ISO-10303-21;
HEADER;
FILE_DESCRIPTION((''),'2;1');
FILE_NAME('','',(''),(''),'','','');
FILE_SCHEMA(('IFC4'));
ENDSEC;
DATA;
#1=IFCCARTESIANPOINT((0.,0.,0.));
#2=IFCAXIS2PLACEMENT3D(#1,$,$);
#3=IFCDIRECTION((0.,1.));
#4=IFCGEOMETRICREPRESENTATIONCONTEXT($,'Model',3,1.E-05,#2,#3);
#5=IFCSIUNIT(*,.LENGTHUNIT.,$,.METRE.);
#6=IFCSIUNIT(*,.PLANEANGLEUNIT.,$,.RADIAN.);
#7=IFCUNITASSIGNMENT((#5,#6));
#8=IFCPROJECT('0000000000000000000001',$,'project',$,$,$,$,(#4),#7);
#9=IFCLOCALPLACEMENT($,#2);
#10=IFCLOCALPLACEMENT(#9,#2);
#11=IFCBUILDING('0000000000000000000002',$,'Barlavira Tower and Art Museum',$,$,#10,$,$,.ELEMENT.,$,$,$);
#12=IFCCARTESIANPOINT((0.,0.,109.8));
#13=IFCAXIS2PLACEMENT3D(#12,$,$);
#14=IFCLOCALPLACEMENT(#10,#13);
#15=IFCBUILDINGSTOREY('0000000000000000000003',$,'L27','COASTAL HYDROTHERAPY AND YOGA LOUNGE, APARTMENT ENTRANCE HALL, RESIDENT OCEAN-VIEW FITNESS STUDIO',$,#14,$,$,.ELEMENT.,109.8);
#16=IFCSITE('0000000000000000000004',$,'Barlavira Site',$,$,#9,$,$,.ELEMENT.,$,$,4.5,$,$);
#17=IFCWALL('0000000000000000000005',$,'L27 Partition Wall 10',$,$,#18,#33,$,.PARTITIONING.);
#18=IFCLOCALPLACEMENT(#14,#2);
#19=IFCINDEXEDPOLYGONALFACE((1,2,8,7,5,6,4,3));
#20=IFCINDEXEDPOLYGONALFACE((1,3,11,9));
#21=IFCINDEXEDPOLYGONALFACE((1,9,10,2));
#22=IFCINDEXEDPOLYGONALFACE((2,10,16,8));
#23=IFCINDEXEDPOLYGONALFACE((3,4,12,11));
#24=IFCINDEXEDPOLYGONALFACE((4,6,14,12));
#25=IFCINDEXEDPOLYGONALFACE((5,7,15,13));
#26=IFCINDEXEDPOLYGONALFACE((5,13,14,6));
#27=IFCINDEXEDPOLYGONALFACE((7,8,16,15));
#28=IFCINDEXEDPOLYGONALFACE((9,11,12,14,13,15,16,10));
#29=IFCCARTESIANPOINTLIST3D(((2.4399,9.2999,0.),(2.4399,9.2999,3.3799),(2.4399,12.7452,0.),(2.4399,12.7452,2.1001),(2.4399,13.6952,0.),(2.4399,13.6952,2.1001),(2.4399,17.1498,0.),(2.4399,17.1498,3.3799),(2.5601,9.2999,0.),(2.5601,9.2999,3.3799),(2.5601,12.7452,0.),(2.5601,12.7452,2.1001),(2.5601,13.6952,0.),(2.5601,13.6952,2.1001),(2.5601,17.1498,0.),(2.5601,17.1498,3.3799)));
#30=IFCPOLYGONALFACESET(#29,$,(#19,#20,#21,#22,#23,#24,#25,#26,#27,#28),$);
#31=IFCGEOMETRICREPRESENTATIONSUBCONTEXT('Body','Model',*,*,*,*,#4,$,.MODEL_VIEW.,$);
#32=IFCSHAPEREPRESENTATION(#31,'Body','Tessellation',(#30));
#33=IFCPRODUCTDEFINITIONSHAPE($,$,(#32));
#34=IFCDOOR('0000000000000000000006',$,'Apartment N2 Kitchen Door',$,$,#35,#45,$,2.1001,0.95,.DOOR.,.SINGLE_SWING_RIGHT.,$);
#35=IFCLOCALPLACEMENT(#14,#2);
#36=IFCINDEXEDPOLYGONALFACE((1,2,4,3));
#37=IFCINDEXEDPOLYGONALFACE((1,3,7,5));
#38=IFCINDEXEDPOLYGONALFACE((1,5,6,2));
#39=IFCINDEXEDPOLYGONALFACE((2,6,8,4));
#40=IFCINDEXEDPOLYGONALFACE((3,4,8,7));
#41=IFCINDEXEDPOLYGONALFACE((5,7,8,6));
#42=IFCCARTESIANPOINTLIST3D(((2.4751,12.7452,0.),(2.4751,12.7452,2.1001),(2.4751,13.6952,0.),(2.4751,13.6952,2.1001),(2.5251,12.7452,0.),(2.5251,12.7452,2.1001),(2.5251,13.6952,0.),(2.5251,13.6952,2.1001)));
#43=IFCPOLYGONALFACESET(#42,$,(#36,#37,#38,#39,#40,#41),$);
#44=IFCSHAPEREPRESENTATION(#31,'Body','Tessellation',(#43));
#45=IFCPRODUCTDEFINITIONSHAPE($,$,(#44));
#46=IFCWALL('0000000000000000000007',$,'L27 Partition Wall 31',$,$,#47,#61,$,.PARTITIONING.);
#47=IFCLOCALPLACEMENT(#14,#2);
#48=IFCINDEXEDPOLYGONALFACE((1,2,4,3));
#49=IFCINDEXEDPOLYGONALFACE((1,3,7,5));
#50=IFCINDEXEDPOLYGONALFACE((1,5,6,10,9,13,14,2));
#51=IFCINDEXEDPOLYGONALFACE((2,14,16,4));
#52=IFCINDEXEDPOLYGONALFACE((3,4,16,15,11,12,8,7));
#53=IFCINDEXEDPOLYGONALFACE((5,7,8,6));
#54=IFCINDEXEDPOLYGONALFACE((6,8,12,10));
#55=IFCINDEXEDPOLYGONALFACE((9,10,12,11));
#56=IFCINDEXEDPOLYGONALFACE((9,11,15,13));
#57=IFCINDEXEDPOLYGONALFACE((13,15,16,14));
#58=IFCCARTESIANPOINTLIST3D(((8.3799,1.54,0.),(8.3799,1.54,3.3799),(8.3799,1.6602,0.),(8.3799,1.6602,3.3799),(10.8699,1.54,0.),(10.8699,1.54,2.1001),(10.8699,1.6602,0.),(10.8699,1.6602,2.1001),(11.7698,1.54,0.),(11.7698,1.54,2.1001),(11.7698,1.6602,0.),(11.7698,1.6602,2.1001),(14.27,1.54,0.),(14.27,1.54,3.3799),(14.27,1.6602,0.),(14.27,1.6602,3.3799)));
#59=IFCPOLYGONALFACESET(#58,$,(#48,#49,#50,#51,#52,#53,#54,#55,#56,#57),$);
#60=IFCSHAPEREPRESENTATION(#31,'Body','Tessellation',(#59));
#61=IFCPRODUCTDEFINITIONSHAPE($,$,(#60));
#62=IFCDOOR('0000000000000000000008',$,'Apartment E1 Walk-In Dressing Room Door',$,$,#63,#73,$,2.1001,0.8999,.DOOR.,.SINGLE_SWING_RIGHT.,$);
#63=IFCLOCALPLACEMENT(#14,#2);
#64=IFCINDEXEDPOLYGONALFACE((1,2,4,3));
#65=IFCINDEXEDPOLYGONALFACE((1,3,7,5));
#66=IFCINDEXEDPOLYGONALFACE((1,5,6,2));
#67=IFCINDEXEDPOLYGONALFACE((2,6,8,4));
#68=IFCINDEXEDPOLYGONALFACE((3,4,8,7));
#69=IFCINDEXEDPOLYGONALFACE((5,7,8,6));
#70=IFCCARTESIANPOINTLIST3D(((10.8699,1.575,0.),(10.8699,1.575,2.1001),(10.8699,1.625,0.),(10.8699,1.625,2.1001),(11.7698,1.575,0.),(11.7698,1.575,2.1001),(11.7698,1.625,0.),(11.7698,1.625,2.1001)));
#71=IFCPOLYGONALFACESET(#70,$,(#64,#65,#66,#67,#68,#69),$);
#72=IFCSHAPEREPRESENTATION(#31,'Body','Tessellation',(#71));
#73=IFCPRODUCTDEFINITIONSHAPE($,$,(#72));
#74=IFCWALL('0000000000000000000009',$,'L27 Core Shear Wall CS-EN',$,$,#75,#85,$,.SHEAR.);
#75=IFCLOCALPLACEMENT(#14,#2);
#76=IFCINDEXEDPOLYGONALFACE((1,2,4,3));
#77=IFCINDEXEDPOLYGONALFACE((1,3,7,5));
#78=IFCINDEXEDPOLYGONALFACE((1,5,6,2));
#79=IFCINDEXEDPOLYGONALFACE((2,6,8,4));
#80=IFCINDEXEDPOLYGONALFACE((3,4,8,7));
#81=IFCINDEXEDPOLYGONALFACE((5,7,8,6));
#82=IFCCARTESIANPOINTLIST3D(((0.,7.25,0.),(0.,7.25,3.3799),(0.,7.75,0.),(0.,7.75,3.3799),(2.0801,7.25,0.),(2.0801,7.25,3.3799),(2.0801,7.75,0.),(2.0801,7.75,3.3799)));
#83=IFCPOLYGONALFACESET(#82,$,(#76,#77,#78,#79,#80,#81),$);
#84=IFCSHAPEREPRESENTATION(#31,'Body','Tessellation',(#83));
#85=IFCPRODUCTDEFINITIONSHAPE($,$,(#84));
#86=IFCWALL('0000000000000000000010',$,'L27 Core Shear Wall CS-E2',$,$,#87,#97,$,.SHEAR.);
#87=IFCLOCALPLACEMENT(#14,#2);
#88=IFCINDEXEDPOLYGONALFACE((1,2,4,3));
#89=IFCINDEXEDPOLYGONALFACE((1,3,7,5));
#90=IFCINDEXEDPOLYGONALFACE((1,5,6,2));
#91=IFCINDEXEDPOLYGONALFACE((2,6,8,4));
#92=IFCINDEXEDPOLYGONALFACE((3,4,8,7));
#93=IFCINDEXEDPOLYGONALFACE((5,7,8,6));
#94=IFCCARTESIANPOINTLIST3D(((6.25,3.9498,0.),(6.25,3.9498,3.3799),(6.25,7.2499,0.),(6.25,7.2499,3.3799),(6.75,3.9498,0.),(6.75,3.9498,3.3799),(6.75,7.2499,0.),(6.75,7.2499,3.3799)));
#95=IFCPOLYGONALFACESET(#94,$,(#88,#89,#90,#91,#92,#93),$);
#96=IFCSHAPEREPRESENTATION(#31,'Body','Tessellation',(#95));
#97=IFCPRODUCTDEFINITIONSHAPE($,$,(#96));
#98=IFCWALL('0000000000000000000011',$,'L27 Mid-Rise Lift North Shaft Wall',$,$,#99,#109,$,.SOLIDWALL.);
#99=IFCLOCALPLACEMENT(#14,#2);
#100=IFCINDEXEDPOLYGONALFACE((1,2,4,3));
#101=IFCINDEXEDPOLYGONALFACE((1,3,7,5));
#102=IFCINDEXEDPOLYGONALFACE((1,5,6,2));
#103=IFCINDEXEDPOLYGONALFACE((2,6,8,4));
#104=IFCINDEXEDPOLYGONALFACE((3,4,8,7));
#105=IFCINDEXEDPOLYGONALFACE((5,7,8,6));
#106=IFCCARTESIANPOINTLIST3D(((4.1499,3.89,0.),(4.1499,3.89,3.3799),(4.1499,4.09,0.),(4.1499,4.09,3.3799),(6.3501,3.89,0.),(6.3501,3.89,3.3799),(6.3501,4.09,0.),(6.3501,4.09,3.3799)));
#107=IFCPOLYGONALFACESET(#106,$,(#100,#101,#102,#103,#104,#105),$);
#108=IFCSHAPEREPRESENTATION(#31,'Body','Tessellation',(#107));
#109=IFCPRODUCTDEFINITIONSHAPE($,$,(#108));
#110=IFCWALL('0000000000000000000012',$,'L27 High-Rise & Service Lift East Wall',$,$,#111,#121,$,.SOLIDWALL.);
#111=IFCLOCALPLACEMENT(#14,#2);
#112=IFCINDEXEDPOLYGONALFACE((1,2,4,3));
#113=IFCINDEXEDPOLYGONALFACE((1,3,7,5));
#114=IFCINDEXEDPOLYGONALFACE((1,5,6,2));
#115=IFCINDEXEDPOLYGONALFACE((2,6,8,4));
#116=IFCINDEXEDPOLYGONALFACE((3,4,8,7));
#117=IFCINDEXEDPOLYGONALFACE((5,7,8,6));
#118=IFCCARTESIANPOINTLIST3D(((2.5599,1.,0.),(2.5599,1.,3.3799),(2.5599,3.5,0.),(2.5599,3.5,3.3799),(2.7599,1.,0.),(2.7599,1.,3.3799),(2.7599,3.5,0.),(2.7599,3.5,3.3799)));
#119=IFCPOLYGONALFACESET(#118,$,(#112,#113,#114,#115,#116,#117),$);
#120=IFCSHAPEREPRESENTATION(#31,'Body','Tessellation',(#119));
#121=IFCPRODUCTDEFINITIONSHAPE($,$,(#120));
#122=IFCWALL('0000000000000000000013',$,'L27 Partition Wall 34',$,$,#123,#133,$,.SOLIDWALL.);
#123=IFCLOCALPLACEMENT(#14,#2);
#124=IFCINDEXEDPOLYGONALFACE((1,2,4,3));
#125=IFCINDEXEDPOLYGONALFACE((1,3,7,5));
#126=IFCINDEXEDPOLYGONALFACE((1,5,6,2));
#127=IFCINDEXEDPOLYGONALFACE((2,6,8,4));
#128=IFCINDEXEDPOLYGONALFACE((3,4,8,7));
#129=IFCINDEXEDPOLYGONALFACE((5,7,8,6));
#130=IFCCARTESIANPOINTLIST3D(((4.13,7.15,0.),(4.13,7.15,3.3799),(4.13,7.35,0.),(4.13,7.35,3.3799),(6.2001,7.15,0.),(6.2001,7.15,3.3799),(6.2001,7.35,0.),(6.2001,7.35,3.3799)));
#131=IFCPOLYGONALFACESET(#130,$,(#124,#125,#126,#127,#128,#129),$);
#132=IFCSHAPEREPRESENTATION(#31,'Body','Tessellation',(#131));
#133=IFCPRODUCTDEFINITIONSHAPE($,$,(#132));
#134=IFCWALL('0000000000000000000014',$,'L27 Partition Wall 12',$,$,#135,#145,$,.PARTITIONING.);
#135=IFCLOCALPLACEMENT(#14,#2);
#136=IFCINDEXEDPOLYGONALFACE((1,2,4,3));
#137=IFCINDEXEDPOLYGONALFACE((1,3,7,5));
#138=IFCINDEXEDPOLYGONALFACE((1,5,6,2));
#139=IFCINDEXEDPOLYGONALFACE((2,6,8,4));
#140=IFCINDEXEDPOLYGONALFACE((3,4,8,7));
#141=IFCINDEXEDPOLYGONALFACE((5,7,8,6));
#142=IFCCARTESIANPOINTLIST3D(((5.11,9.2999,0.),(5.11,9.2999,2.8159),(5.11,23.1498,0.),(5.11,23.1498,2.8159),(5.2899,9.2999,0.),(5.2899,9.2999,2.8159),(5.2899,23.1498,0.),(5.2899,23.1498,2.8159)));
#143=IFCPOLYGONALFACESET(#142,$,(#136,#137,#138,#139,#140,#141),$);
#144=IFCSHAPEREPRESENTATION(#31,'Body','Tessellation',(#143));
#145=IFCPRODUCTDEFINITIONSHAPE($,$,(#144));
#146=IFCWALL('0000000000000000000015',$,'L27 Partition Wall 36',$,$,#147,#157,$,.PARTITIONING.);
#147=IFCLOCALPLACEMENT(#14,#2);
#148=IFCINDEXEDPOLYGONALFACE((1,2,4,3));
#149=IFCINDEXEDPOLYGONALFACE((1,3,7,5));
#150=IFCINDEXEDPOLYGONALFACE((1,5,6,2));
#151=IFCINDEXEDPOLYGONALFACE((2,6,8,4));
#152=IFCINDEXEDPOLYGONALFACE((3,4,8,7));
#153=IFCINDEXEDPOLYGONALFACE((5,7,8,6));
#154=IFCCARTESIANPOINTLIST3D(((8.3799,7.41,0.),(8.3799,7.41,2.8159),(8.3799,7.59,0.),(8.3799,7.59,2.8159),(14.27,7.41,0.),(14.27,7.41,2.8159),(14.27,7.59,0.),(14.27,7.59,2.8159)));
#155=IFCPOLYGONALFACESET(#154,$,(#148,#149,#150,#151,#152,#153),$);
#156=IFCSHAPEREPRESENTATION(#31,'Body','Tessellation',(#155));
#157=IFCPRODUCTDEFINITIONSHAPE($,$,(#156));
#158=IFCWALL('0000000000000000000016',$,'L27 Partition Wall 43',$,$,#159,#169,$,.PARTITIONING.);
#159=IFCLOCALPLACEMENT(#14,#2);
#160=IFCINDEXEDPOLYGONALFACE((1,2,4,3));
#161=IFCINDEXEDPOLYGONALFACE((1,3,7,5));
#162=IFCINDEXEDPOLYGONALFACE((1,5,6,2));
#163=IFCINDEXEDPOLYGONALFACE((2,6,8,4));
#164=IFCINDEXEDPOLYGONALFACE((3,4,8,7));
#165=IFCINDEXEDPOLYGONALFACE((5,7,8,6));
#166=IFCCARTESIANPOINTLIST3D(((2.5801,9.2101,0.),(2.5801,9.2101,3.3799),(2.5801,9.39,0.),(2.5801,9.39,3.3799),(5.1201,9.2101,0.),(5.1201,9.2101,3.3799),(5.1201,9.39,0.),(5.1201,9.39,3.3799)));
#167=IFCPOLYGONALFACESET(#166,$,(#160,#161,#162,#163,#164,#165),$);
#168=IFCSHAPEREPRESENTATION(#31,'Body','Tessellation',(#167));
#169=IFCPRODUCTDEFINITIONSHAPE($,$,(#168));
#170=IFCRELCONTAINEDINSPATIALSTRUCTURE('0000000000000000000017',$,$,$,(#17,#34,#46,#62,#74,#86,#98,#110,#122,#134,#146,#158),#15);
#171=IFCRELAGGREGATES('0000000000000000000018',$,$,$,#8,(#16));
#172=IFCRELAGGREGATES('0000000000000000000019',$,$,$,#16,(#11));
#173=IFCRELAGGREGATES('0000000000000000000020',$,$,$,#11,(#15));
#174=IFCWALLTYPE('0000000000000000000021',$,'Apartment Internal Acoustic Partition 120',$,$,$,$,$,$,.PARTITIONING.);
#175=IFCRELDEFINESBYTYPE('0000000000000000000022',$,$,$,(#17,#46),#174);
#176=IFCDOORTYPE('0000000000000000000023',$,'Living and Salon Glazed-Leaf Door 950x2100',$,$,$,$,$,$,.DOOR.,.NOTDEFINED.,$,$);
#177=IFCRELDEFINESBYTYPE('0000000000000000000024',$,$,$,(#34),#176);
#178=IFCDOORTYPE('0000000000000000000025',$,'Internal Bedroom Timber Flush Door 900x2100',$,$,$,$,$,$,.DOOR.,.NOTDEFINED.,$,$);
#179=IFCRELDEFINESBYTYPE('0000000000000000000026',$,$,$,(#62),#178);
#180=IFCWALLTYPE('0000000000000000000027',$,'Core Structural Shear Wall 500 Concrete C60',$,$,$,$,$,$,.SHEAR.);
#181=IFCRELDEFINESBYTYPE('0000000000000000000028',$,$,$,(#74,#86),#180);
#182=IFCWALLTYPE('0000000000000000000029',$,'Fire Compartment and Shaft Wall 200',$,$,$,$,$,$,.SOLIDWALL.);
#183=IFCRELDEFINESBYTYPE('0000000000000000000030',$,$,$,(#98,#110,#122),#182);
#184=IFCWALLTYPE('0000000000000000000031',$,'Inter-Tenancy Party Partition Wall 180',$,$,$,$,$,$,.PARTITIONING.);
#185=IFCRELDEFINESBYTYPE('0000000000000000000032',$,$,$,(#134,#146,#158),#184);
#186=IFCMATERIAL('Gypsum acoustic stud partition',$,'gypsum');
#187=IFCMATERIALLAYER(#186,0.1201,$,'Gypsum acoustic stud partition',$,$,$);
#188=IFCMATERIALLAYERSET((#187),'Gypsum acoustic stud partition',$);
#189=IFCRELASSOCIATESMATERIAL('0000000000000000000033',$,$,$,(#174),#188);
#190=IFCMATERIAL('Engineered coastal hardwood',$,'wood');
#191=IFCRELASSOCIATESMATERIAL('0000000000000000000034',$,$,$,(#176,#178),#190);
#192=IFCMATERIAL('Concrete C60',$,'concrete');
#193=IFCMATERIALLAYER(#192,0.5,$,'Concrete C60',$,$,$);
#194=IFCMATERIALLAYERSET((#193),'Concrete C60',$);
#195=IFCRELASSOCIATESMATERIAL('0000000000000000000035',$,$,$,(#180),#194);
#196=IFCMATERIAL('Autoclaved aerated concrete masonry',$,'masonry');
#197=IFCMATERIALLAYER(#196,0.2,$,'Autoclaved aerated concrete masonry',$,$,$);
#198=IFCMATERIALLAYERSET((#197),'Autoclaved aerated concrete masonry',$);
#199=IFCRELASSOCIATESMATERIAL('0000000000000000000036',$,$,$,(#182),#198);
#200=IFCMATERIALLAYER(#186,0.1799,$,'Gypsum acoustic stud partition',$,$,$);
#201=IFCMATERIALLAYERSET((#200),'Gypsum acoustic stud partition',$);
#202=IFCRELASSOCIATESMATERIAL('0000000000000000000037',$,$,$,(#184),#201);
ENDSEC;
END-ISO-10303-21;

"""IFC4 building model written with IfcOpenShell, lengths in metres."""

from ifc_helpers import new_model, si_unit, direction, frame, frame_2d, origin, place, context, subcontext, project, spatial, rectangle, extrude, material, layer, layer_set, type_object, element, fill, save


model = new_model("IFC4")

# Units and contexts
model_context = context("Model", 3, precision=1e-05, world=origin(), true_north=direction((0.0, 1.0)))
body_context = subcontext(model_context, "Body", "Model", "MODEL_VIEW")
ifc_project = project(units=[si_unit("LENGTHUNIT", "METRE"), si_unit("PLANEANGLEUNIT", "RADIAN")], contexts=[model_context])

# Site, building, storey
site_placement = place(None, origin())
site = spatial("IfcSite", under=ifc_project, at=site_placement, Name="Barlavira Site", CompositionType="ELEMENT", RefElevation=4.5)
building_placement = place(site_placement, origin())
building = spatial("IfcBuilding", under=site, at=building_placement, Name="Barlavira Tower and Art Museum", CompositionType="ELEMENT")
storey_placement = place(building_placement, frame((0.0, 0.0, 109.8)))
storey = spatial("IfcBuildingStorey", under=building, at=storey_placement, Name="L27", Description="COASTAL HYDROTHERAPY AND YOGA LOUNGE, APARTMENT ENTRANCE HALL, RESIDENT OCEAN-VIEW FITNESS STUDIO", CompositionType="ELEMENT", Elevation=109.8)

# Walls, openings, doors
ifc_material_1 = material(Name="Gypsum acoustic stud partition", Category="gypsum")
ifc_layer_1 = layer(ifc_material_1, 0.1201, Name="Gypsum acoustic stud partition")
ifc_layer_set_1 = layer_set([ifc_layer_1], Name="Gypsum acoustic stud partition")
wall_type_1 = type_object("IfcWallType", Name="Apartment Internal Acoustic Partition 120", PredefinedType="PARTITIONING", material=ifc_layer_set_1)
wall_1_placement = place(storey_placement, frame((2.5, 9.3, 0.0), z_axis=(0.0, 0.0, 1.0), x_axis=(0.0, 1.0, 0.0)))
wall_1 = element("IfcWall", 1, at=wall_1_placement, inside=storey, type_object=wall_type_1, Name="L27 Partition Wall 10", PredefinedType="PARTITIONING", context=body_context, shape_type="SweptSolid", body=[
    extrude(rectangle(XDim=7.8499, YDim=0.1201, at=frame_2d((3.9248, 0.0))), origin(), (0.0, 0.0, 1.0), 3.3799),
])
opening_1_placement = place(wall_1_placement, frame((3.4451, 0.0, 0.0)))
opening_1 = element("IfcOpeningElement", 2, at=opening_1_placement, cuts=wall_1, PredefinedType="OPENING", context=body_context, shape_type="SweptSolid", body=[
    extrude(rectangle(XDim=0.95, YDim=2.1001, at=frame_2d((0.4751, 1.05))), frame((0.0, 0.0701, 0.0), z_axis=(0.0, -1.0, 0.0), x_axis=(1.0, 0.0, 0.0)), (0.0, 0.0, 1.0), 0.1401),
])
ifc_material_2 = material(Name="Engineered coastal hardwood", Category="wood")
door_type_1 = type_object("IfcDoorType", Name="Living and Salon Glazed-Leaf Door 950x2100", OperationType="NOTDEFINED", PredefinedType="DOOR", material=ifc_material_2)
door_1_placement = place(opening_1_placement, origin())
door_1 = element("IfcDoor", 3, at=door_1_placement, inside=storey, type_object=door_type_1, Name="Apartment N2 Kitchen Door", OperationType="SINGLE_SWING_RIGHT", OverallHeight=2.1001, OverallWidth=0.95, PredefinedType="DOOR", context=body_context, shape_type="SweptSolid", body=[
    extrude(rectangle(XDim=0.95, YDim=2.1001, at=frame_2d((0.4751, 1.05))), frame((0.0, 0.0249, 0.0), z_axis=(0.0, -1.0, 0.0), x_axis=(1.0, 0.0, 0.0)), (0.0, 0.0, 1.0), 0.05),
])
fill(opening_1, door_1)
wall_2_placement = place(storey_placement, frame((8.3799, 1.6001, 0.0), z_axis=(0.0, 0.0, 1.0), x_axis=(1.0, 0.0, 0.0)))
wall_2 = element("IfcWall", 4, at=wall_2_placement, inside=storey, type_object=wall_type_1, Name="L27 Partition Wall 31", PredefinedType="PARTITIONING", context=body_context, shape_type="SweptSolid", body=[
    extrude(rectangle(XDim=5.8901, YDim=0.1201, at=frame_2d((2.9451, 0.0))), origin(), (0.0, 0.0, 1.0), 3.3799),
])
opening_2_placement = place(wall_2_placement, frame((2.49, 0.0, 0.0)))
opening_2 = element("IfcOpeningElement", 5, at=opening_2_placement, cuts=wall_2, PredefinedType="OPENING", context=body_context, shape_type="SweptSolid", body=[
    extrude(rectangle(XDim=0.8999, YDim=2.1001, at=frame_2d((0.45, 1.05))), frame((0.0, 0.0701, 0.0), z_axis=(0.0, -1.0, 0.0), x_axis=(1.0, 0.0, 0.0)), (0.0, 0.0, 1.0), 0.1401),
])
door_type_2 = type_object("IfcDoorType", Name="Internal Bedroom Timber Flush Door 900x2100", OperationType="NOTDEFINED", PredefinedType="DOOR", material=ifc_material_2)
door_2_placement = place(opening_2_placement, origin())
door_2 = element("IfcDoor", 6, at=door_2_placement, inside=storey, type_object=door_type_2, Name="Apartment E1 Walk-In Dressing Room Door", OperationType="SINGLE_SWING_RIGHT", OverallHeight=2.1001, OverallWidth=0.8999, PredefinedType="DOOR", context=body_context, shape_type="SweptSolid", body=[
    extrude(rectangle(XDim=0.8999, YDim=2.1001, at=frame_2d((0.45, 1.05))), frame((0.0, 0.0249, 0.0), z_axis=(0.0, -1.0, 0.0), x_axis=(1.0, 0.0, 0.0)), (0.0, 0.0, 1.0), 0.05),
])
fill(opening_2, door_2)

# Walls
ifc_material_3 = material(Name="Concrete C60", Category="concrete")
ifc_layer_2 = layer(ifc_material_3, 0.5, Name="Concrete C60")
ifc_layer_set_2 = layer_set([ifc_layer_2], Name="Concrete C60")
wall_type_2 = type_object("IfcWallType", Name="Core Structural Shear Wall 500 Concrete C60", PredefinedType="SHEAR", material=ifc_layer_set_2)
wall_3_placement = place(storey_placement, frame((0.0, 7.5, 0.0), z_axis=(0.0, 0.0, 1.0), x_axis=(1.0, 0.0, 0.0)))
element("IfcWall", 7, at=wall_3_placement, inside=storey, type_object=wall_type_2, Name="L27 Core Shear Wall CS-EN", PredefinedType="SHEAR", context=body_context, shape_type="SweptSolid", body=[
    extrude(rectangle(XDim=2.0801, YDim=0.5, at=frame_2d((1.04, 0.0))), origin(), (0.0, 0.0, 1.0), 3.3799),
])
wall_4_placement = place(storey_placement, frame((6.5, 3.95, 0.0), z_axis=(0.0, 0.0, 1.0), x_axis=(0.0, 1.0, 0.0)))
element("IfcWall", 8, at=wall_4_placement, inside=storey, type_object=wall_type_2, Name="L27 Core Shear Wall CS-E2", PredefinedType="SHEAR", context=body_context, shape_type="SweptSolid", body=[
    extrude(rectangle(XDim=3.3, YDim=0.5, at=frame_2d((1.6499, 0.0))), origin(), (0.0, 0.0, 1.0), 3.3799),
])
ifc_material_4 = material(Name="Autoclaved aerated concrete masonry", Category="masonry")
ifc_layer_3 = layer(ifc_material_4, 0.2, Name="Autoclaved aerated concrete masonry")
ifc_layer_set_3 = layer_set([ifc_layer_3], Name="Autoclaved aerated concrete masonry")
wall_type_3 = type_object("IfcWallType", Name="Fire Compartment and Shaft Wall 200", PredefinedType="SOLIDWALL", material=ifc_layer_set_3)
wall_5_placement = place(storey_placement, frame((4.1499, 3.99, 0.0), z_axis=(0.0, 0.0, 1.0), x_axis=(1.0, 0.0, 0.0)))
element("IfcWall", 9, at=wall_5_placement, inside=storey, type_object=wall_type_3, Name="L27 Mid-Rise Lift North Shaft Wall", PredefinedType="SOLIDWALL", context=body_context, shape_type="SweptSolid", body=[
    extrude(rectangle(XDim=2.2002, YDim=0.2, at=frame_2d((1.1001, 0.0))), origin(), (0.0, 0.0, 1.0), 3.3799),
])
wall_6_placement = place(storey_placement, frame((2.6599, 1.0, 0.0), z_axis=(0.0, 0.0, 1.0), x_axis=(0.0, 1.0, 0.0)))
element("IfcWall", 10, at=wall_6_placement, inside=storey, type_object=wall_type_3, Name="L27 High-Rise & Service Lift East Wall", PredefinedType="SOLIDWALL", context=body_context, shape_type="SweptSolid", body=[
    extrude(rectangle(XDim=2.5, YDim=0.2, at=frame_2d((1.25, 0.0))), origin(), (0.0, 0.0, 1.0), 3.3799),
])

# Walls
wall_7_placement = place(storey_placement, frame((4.1299, 7.25, 0.0), z_axis=(0.0, 0.0, 1.0), x_axis=(1.0, 0.0, 0.0)))
element("IfcWall", 11, at=wall_7_placement, inside=storey, type_object=wall_type_3, Name="L27 Partition Wall 34", PredefinedType="SOLIDWALL", context=body_context, shape_type="SweptSolid", body=[
    extrude(rectangle(XDim=2.0701, YDim=0.2, at=frame_2d((1.0352, 0.0))), origin(), (0.0, 0.0, 1.0), 3.3799),
])
ifc_layer_4 = layer(ifc_material_1, 0.1799, Name="Gypsum acoustic stud partition")
ifc_layer_set_4 = layer_set([ifc_layer_4], Name="Gypsum acoustic stud partition")
wall_type_4 = type_object("IfcWallType", Name="Inter-Tenancy Party Partition Wall 180", PredefinedType="PARTITIONING", material=ifc_layer_set_4)
wall_8_placement = place(storey_placement, frame((5.2, 9.3, 0.0), z_axis=(0.0, 0.0, 1.0), x_axis=(0.0, 1.0, 0.0)))
element("IfcWall", 12, at=wall_8_placement, inside=storey, type_object=wall_type_4, Name="L27 Partition Wall 12", PredefinedType="PARTITIONING", context=body_context, shape_type="SweptSolid", body=[
    extrude(rectangle(XDim=13.8499, YDim=0.1799, at=frame_2d((6.9248, 0.0))), origin(), (0.0, 0.0, 1.0), 2.8159),
])
wall_9_placement = place(storey_placement, frame((8.3799, 7.5, 0.0), z_axis=(0.0, 0.0, 1.0), x_axis=(1.0, 0.0, 0.0)))
element("IfcWall", 13, at=wall_9_placement, inside=storey, type_object=wall_type_4, Name="L27 Partition Wall 36", PredefinedType="PARTITIONING", context=body_context, shape_type="SweptSolid", body=[
    extrude(rectangle(XDim=5.8901, YDim=0.1799, at=frame_2d((2.9451, 0.0))), origin(), (0.0, 0.0, 1.0), 2.8159),
])
wall_10_placement = place(storey_placement, frame((2.5801, 9.3, 0.0), z_axis=(0.0, 0.0, 1.0), x_axis=(1.0, 0.0, 0.0)))
element("IfcWall", 14, at=wall_10_placement, inside=storey, type_object=wall_type_4, Name="L27 Partition Wall 43", PredefinedType="PARTITIONING", context=body_context, shape_type="SweptSolid", body=[
    extrude(rectangle(XDim=2.54, YDim=0.1799, at=frame_2d((1.27, 0.0))), origin(), (0.0, 0.0, 1.0), 3.3799),
])

save(model, "model.ifc")
